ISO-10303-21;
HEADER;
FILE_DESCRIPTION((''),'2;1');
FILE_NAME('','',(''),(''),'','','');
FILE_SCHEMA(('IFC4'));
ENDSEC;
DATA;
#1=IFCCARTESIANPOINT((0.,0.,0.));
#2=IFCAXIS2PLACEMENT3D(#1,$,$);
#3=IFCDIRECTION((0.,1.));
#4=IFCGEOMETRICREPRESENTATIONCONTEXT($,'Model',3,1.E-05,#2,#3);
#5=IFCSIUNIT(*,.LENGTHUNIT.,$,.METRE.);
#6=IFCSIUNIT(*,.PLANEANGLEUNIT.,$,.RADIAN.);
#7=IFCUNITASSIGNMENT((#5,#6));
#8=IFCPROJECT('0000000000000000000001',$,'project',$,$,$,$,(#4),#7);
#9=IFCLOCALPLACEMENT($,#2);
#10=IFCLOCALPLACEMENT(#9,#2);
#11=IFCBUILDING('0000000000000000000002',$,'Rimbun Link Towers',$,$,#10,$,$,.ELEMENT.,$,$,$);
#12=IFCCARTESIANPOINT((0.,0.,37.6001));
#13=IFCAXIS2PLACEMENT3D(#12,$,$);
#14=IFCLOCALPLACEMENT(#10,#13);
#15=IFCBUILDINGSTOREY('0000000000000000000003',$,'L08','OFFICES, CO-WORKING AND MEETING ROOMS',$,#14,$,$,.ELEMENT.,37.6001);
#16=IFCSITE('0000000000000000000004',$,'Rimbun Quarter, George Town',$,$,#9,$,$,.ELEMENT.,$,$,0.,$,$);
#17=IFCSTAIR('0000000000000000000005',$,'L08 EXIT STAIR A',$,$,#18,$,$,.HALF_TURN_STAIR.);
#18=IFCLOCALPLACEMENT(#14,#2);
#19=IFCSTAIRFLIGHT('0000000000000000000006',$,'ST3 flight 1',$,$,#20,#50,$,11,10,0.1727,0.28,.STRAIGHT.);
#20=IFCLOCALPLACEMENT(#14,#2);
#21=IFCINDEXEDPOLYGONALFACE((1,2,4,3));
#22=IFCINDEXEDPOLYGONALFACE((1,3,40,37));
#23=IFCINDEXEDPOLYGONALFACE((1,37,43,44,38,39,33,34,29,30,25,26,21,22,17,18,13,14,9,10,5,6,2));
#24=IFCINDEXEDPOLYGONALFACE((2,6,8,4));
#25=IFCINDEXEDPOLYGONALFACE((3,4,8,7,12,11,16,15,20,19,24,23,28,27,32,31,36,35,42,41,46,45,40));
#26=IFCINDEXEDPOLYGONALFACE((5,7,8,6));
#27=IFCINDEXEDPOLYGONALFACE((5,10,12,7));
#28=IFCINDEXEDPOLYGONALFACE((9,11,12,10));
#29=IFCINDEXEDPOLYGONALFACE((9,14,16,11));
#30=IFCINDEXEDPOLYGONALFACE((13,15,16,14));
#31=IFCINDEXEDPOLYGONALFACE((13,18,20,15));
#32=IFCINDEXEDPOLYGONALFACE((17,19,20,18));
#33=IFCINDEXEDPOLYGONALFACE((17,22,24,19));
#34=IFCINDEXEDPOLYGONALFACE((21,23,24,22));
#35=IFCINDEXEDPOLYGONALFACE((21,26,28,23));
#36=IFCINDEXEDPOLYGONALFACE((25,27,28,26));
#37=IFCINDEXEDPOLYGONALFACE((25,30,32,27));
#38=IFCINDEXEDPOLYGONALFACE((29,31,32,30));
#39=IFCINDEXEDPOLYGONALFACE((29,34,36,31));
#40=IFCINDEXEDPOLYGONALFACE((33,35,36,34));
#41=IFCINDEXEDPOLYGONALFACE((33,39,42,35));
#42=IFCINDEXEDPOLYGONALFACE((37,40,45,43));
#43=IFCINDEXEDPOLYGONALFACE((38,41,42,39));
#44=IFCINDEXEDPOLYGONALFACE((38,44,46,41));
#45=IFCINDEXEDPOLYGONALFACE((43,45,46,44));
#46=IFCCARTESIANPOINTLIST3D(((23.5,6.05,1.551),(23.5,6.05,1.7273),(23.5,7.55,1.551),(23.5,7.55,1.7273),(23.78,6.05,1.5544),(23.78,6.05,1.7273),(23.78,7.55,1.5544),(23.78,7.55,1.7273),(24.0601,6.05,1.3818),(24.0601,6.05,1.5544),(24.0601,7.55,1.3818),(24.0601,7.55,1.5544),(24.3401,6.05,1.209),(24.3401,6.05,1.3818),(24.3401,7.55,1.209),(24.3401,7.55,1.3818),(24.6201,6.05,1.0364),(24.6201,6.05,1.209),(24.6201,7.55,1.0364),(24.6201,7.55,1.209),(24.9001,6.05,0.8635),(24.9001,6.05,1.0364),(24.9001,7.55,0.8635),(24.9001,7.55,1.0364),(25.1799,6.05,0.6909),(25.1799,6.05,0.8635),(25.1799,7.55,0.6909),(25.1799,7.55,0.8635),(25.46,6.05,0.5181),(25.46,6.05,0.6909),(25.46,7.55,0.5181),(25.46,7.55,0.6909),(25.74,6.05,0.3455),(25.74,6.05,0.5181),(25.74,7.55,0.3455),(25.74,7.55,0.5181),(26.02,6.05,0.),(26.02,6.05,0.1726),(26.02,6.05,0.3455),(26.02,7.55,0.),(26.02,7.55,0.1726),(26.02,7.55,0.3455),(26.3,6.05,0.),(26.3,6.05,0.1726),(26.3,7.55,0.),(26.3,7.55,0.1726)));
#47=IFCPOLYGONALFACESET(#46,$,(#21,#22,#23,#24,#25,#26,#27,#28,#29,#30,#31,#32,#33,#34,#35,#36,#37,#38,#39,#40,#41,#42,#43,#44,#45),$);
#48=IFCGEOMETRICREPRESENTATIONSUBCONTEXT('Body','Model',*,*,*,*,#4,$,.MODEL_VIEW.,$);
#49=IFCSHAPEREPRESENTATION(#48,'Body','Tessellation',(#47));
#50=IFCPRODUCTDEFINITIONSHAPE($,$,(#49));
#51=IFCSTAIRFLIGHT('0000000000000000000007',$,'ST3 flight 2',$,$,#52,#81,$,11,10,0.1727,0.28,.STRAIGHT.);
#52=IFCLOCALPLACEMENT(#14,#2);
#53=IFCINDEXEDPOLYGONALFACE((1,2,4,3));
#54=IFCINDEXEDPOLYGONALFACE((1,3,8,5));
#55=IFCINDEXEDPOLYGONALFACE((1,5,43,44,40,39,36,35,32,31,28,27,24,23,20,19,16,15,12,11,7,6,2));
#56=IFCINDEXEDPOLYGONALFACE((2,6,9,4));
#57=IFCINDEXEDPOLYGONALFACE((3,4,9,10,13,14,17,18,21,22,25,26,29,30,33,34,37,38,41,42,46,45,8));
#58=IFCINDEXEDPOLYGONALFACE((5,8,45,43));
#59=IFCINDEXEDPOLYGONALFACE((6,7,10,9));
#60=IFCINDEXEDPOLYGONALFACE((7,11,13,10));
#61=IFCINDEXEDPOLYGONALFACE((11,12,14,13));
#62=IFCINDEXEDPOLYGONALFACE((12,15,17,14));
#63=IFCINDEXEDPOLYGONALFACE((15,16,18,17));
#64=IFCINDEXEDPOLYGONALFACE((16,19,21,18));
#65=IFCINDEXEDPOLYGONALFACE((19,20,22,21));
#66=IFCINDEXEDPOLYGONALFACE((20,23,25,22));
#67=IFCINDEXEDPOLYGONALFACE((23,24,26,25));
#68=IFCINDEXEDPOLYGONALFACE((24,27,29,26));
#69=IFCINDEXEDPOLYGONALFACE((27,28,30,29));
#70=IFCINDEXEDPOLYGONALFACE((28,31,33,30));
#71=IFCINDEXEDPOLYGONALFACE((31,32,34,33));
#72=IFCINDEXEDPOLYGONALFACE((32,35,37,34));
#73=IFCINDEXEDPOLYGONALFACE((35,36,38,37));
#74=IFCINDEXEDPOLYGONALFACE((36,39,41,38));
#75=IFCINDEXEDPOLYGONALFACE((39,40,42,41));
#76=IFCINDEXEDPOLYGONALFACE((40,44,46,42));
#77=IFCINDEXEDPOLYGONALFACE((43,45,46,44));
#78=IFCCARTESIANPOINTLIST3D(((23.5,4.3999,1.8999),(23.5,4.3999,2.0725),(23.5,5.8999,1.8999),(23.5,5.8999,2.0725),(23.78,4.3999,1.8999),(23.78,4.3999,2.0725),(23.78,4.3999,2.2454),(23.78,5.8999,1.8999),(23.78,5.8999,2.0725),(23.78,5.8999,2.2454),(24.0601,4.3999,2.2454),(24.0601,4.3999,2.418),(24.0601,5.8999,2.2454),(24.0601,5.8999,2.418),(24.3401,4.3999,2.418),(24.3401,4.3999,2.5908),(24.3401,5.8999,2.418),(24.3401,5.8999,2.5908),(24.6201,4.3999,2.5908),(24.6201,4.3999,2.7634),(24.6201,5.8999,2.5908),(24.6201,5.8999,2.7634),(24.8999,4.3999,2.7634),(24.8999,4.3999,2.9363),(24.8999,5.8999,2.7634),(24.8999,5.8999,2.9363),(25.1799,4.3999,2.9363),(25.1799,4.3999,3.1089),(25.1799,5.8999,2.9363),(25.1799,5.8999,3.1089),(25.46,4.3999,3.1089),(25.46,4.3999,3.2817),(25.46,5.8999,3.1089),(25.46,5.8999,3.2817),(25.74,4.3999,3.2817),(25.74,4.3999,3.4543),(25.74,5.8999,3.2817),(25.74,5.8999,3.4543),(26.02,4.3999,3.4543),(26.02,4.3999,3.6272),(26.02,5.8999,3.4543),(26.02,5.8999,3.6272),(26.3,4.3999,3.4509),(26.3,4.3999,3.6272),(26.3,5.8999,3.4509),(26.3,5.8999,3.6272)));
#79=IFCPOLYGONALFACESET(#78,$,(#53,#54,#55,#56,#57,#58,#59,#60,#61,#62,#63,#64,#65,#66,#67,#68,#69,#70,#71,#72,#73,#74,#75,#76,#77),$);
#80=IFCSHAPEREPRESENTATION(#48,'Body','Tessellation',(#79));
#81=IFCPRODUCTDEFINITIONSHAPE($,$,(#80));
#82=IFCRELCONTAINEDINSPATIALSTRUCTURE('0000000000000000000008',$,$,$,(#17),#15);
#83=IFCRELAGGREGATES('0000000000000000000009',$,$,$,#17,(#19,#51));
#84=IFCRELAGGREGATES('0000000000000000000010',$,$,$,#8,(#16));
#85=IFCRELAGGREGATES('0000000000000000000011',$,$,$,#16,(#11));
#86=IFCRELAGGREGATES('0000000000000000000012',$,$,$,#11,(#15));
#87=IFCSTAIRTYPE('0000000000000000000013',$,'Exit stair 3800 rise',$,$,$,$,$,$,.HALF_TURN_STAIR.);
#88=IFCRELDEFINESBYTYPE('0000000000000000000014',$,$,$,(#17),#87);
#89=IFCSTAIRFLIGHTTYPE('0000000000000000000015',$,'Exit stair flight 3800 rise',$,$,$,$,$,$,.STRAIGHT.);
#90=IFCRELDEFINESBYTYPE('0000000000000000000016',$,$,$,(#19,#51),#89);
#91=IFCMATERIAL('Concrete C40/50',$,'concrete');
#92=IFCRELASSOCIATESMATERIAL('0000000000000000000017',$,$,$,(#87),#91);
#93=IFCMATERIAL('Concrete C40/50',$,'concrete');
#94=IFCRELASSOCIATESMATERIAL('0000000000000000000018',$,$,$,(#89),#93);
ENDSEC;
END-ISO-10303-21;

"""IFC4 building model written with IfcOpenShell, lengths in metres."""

from ifc_helpers import new_model, si_unit, direction, frame, origin, place, context, subcontext, project, spatial, polyline, outline, extrude, material, type_object, element, aggregate, save


model = new_model("IFC4")

# Units and contexts
model_context = context("Model", 3, precision=1e-05, world=origin(), true_north=direction((0.0, 1.0)))
body_context = subcontext(model_context, "Body", "Model", "MODEL_VIEW")
ifc_project = project(units=[si_unit("LENGTHUNIT", "METRE"), si_unit("PLANEANGLEUNIT", "RADIAN")], contexts=[model_context])

# Site, building, storey
site_placement = place(None, origin())
site = spatial("IfcSite", under=ifc_project, at=site_placement, Name="Rimbun Quarter, George Town", CompositionType="ELEMENT", RefElevation=0.0)
building_placement = place(site_placement, origin())
building = spatial("IfcBuilding", under=site, at=building_placement, Name="Rimbun Link Towers", CompositionType="ELEMENT")
storey_placement = place(building_placement, frame((0.0, 0.0, 37.6001)))
storey = spatial("IfcBuildingStorey", under=building, at=storey_placement, Name="L08", Description="OFFICES, CO-WORKING AND MEETING ROOMS", CompositionType="ELEMENT", Elevation=37.6001)

# Stair, stair flights
ifc_material_1 = material(Name="Concrete C40/50", Category="concrete")
stair_type = type_object("IfcStairType", Name="Exit stair 3800 rise", PredefinedType="HALF_TURN_STAIR", material=ifc_material_1)
stair_placement = place(storey_placement, origin())
stair = element("IfcStair", 1, at=stair_placement, inside=storey, type_object=stair_type, Name="L08 EXIT STAIR A", PredefinedType="HALF_TURN_STAIR")
ifc_material_2 = material(Name="Concrete C40/50", Category="concrete")
stair_flight_type = type_object("IfcStairFlightType", Name="Exit stair flight 3800 rise", PredefinedType="STRAIGHT", material=ifc_material_2)
stair_flight_1_placement = place(storey_placement, frame((26.3, 6.8, 0.0), z_axis=(0.0, 0.0, 1.0), x_axis=(-1.0, 0.0, 0.0)))
stair_flight_1 = element("IfcStairFlight", 2, at=stair_flight_1_placement, type_object=stair_flight_type, Name="ST3 flight 1", NumberOfRisers=11, NumberOfTreads=10, PredefinedType="STRAIGHT", RiserHeight=0.1727, TreadLength=0.28, context=body_context, shape_type="SweptSolid", body=[
    extrude(outline(polyline([(0.0, 0.0), (0.0, 0.1726), (0.28, 0.1726), (0.28, 0.3455), (0.5601, 0.3455), (0.5601, 0.5181), (0.8401, 0.5181), (0.8401, 0.6909), (1.1201, 0.6909), (1.1201, 0.8635), (1.3999, 0.8635), (1.3999, 1.0364), (1.6799, 1.0364), (1.6799, 1.209), (1.96, 1.209), (1.96, 1.3818), (2.24, 1.3818), (2.24, 1.5544), (2.52, 1.5544), (2.52, 1.7273), (2.8, 1.7273), (2.8, 1.8999), (2.8, 1.551), (0.28, 0.0), (0.0, 0.0)])), frame((0.0, 0.75, 0.0), z_axis=(0.0, -1.0, 0.0), x_axis=(1.0, 0.0, 0.0)), (0.0, 0.0, 1.0), 1.5),
])
stair_flight_2_placement = place(storey_placement, frame((23.5, 5.1499, 1.8999), z_axis=(0.0, 0.0, 1.0), x_axis=(1.0, 0.0, 0.0)))
stair_flight_2 = element("IfcStairFlight", 3, at=stair_flight_2_placement, type_object=stair_flight_type, Name="ST3 flight 2", NumberOfRisers=11, NumberOfTreads=10, PredefinedType="STRAIGHT", RiserHeight=0.1727, TreadLength=0.28, context=body_context, shape_type="SweptSolid", body=[
    extrude(outline(polyline([(0.0, 0.0), (0.0, 0.1726), (0.28, 0.1726), (0.28, 0.3455), (0.5601, 0.3455), (0.5601, 0.5181), (0.8401, 0.5181), (0.8401, 0.6909), (1.1201, 0.6909), (1.1201, 0.8635), (1.3999, 0.8635), (1.3999, 1.0364), (1.6799, 1.0364), (1.6799, 1.209), (1.96, 1.209), (1.96, 1.3818), (2.24, 1.3818), (2.24, 1.5544), (2.52, 1.5544), (2.52, 1.7273), (2.8, 1.7273), (2.8, 1.8999), (2.8, 1.551), (0.28, 0.0), (0.0, 0.0)])), frame((0.0, 0.75, 0.0), z_axis=(0.0, -1.0, 0.0), x_axis=(1.0, 0.0, 0.0)), (0.0, 0.0, 1.0), 1.5),
])
aggregate(stair, [stair_flight_1, stair_flight_2])

save(model, "model.ifc")
